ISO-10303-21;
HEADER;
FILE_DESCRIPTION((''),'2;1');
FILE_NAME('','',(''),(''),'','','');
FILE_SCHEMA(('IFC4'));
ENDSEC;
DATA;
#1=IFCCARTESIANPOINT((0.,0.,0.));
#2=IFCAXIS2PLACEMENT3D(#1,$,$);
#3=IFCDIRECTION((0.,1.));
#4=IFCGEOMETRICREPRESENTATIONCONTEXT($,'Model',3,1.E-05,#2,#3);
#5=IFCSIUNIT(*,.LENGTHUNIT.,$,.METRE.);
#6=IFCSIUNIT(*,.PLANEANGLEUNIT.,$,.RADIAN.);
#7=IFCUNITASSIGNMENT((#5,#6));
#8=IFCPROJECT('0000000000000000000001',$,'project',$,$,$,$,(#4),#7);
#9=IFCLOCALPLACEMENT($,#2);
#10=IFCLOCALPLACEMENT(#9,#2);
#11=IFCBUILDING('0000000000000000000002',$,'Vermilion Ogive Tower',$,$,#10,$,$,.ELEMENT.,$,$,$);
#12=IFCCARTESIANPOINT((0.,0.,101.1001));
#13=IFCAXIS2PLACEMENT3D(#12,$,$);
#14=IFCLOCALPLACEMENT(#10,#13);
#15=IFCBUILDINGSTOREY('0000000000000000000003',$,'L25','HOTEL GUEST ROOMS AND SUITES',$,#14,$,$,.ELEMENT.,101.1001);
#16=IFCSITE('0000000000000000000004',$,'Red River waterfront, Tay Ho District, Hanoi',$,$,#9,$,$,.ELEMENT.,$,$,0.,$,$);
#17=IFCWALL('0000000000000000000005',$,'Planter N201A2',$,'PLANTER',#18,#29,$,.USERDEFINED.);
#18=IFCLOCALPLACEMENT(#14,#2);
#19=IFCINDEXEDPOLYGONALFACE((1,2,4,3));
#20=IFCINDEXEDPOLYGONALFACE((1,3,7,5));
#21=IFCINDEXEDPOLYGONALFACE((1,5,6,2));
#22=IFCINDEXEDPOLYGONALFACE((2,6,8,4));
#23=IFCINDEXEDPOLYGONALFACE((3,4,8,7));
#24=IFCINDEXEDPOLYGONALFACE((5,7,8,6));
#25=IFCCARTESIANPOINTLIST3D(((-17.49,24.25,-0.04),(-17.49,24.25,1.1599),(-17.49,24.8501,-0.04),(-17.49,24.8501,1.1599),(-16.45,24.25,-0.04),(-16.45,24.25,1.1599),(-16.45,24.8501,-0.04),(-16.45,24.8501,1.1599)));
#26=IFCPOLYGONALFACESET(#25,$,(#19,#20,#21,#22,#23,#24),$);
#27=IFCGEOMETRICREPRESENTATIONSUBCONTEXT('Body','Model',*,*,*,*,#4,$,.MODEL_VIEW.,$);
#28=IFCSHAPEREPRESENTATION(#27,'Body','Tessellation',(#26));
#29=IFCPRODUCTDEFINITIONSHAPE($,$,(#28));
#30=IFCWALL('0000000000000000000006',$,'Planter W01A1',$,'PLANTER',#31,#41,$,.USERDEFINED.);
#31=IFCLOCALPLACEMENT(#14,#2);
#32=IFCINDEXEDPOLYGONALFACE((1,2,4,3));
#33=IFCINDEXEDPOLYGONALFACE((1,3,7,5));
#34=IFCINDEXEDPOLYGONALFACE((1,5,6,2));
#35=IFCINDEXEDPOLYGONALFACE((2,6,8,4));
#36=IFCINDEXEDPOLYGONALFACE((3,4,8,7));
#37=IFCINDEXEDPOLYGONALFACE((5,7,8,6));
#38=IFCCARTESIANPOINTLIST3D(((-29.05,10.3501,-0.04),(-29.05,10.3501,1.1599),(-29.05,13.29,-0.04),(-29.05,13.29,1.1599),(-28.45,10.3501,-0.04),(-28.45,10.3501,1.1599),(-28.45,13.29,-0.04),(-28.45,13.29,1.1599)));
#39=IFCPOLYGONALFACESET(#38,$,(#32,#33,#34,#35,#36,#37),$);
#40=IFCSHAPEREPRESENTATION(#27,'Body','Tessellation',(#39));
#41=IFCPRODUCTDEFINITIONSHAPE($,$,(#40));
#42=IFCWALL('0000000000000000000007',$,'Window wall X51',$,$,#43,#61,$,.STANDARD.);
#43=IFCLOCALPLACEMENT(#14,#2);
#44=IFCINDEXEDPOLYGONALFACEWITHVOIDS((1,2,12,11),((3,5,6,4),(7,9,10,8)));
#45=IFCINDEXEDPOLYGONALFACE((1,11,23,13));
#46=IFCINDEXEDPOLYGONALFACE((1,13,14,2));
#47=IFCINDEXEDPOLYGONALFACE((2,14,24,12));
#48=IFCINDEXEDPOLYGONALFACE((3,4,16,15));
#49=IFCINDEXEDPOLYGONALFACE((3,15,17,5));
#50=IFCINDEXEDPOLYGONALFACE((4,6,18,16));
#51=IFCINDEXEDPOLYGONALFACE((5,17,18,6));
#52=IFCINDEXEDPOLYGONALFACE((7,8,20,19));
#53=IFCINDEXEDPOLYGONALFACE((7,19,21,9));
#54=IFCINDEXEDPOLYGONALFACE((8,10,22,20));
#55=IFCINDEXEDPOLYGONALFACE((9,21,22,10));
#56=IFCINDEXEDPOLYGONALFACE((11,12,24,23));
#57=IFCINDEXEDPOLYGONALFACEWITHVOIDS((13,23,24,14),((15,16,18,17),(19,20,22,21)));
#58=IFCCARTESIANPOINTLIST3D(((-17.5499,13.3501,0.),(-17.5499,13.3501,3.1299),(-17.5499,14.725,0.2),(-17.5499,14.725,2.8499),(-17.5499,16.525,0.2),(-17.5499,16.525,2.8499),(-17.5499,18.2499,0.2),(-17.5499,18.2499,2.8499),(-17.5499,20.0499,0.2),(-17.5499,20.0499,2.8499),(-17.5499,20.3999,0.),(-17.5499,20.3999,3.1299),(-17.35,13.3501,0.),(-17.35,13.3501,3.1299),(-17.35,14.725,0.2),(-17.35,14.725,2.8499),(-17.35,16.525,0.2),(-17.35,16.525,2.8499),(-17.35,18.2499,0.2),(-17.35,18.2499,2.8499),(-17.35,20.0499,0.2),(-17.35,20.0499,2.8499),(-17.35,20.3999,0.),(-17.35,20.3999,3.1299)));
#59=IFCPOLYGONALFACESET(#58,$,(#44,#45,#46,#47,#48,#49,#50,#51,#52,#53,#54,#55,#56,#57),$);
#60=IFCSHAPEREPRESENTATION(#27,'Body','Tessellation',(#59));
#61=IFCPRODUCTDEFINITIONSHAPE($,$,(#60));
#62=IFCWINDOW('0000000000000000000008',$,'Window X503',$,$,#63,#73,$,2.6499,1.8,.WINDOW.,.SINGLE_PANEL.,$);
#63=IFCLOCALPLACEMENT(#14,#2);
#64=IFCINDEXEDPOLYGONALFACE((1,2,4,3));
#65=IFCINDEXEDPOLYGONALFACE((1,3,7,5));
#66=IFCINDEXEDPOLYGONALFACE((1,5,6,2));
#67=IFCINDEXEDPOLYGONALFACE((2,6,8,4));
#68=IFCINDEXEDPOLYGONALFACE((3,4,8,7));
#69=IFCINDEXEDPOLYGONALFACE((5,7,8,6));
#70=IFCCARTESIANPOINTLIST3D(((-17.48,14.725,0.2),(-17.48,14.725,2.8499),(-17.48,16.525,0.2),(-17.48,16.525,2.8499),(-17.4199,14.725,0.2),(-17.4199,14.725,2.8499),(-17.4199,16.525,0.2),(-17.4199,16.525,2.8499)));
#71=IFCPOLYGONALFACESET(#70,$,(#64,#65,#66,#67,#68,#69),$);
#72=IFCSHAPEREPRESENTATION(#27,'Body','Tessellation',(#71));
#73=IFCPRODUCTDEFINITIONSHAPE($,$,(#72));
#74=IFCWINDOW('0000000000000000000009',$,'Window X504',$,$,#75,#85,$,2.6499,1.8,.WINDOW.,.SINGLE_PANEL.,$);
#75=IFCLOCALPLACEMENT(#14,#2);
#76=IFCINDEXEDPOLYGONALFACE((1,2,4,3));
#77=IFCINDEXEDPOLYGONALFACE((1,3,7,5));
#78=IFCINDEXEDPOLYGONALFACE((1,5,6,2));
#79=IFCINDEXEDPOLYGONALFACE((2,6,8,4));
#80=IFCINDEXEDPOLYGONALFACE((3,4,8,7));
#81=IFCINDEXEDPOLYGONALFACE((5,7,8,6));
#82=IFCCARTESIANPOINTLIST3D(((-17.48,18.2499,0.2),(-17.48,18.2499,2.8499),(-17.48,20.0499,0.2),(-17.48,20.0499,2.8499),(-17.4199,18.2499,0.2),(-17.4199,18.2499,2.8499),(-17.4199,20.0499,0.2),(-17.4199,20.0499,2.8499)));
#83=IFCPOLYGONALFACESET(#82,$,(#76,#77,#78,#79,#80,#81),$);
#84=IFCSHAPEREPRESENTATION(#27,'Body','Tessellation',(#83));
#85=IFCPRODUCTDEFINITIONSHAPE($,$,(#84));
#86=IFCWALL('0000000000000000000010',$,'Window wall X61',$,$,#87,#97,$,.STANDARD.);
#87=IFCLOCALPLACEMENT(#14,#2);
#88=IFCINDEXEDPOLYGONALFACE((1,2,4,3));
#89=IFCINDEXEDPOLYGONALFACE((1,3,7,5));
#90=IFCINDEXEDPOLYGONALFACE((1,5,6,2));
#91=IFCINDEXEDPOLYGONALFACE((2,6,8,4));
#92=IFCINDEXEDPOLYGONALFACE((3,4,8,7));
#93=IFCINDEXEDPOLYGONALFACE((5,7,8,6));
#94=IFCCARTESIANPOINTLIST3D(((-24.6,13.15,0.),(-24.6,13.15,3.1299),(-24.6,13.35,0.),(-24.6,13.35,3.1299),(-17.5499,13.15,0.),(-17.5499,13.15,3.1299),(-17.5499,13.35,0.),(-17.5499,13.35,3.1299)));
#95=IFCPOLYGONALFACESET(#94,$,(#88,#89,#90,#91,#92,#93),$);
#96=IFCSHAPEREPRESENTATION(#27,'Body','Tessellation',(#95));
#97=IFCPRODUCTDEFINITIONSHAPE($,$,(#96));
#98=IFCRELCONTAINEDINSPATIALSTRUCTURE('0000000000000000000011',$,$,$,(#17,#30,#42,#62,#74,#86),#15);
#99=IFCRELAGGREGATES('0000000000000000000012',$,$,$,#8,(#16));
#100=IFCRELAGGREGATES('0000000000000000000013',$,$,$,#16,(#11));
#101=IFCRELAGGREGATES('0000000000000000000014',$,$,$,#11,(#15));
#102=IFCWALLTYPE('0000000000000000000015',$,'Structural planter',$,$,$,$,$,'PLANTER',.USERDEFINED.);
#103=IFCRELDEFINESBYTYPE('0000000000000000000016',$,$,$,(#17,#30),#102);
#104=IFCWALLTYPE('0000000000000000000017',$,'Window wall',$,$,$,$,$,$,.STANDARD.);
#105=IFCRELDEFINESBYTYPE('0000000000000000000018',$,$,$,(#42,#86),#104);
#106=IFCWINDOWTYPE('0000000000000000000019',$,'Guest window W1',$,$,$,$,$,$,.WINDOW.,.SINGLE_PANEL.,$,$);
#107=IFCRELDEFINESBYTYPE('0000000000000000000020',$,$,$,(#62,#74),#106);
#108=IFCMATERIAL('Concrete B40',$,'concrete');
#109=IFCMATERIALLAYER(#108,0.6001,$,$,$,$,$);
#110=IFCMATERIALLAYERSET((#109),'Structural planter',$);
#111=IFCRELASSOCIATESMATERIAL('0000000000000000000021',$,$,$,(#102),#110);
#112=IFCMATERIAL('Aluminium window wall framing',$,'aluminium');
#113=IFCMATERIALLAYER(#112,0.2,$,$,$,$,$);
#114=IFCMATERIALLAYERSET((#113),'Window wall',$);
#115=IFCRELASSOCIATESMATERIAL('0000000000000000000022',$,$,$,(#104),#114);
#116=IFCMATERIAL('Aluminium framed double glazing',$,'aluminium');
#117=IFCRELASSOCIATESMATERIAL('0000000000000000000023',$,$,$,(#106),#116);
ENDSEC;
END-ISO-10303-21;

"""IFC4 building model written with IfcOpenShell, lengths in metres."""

from ifc_helpers import new_model, si_unit, direction, frame, frame_2d, origin, place, context, subcontext, project, spatial, rectangle, extrude, material, layer, layer_set, type_object, element, fill, save


model = new_model("IFC4")

# Units and contexts
model_context = context("Model", 3, precision=1e-05, world=origin(), true_north=direction((0.0, 1.0)))
body_context = subcontext(model_context, "Body", "Model", "MODEL_VIEW")
ifc_project = project(units=[si_unit("LENGTHUNIT", "METRE"), si_unit("PLANEANGLEUNIT", "RADIAN")], contexts=[model_context])

# Site, building, storey
site_placement = place(None, origin())
site = spatial("IfcSite", under=ifc_project, at=site_placement, Name="Red River waterfront, Tay Ho District, Hanoi", CompositionType="ELEMENT", RefElevation=0.0)
building_placement = place(site_placement, origin())
building = spatial("IfcBuilding", under=site, at=building_placement, Name="Vermilion Ogive Tower", CompositionType="ELEMENT")
storey_placement = place(building_placement, frame((0.0, 0.0, 101.1001)))
storey = spatial("IfcBuildingStorey", under=building, at=storey_placement, Name="L25", Description="HOTEL GUEST ROOMS AND SUITES", CompositionType="ELEMENT", Elevation=101.1001)

# Walls
ifc_material_1 = material(Name="Concrete B40", Category="concrete")
ifc_layer_1 = layer(ifc_material_1, 0.6001)
ifc_layer_set_1 = layer_set([ifc_layer_1], Name="Structural planter")
wall_type_1 = type_object("IfcWallType", Name="Structural planter", ElementType="PLANTER", PredefinedType="USERDEFINED", material=ifc_layer_set_1)
wall_1_placement = place(storey_placement, frame((-16.45, 24.55, -0.04), z_axis=(0.0, 0.0, 1.0), x_axis=(-1.0, 0.0, 0.0)))
element("IfcWall", 1, at=wall_1_placement, inside=storey, type_object=wall_type_1, Name="Planter N201A2", ObjectType="PLANTER", PredefinedType="USERDEFINED", context=body_context, shape_type="SweptSolid", body=[
    extrude(rectangle(XDim=1.04, YDim=0.6001, at=frame_2d((0.52, 0.0))), origin(), (0.0, 0.0, 1.0), 1.2),
])
wall_2_placement = place(storey_placement, frame((-28.75, 13.29, -0.04), z_axis=(0.0, 0.0, 1.0), x_axis=(0.0, -1.0, 0.0)))
element("IfcWall", 2, at=wall_2_placement, inside=storey, type_object=wall_type_1, Name="Planter W01A1", ObjectType="PLANTER", PredefinedType="USERDEFINED", context=body_context, shape_type="SweptSolid", body=[
    extrude(rectangle(XDim=2.9399, YDim=0.6001, at=frame_2d((1.47, 0.0))), origin(), (0.0, 0.0, 1.0), 1.2),
])

# Shared definitions
ifc_material_2 = material(Name="Aluminium window wall framing", Category="aluminium")
ifc_layer_2 = layer(ifc_material_2, 0.2)
ifc_layer_set_2 = layer_set([ifc_layer_2], Name="Window wall")
wall_type_2 = type_object("IfcWallType", Name="Window wall", PredefinedType="STANDARD", material=ifc_layer_set_2)
ifc_material_3 = material(Name="Aluminium framed double glazing", Category="aluminium")
window_type = type_object("IfcWindowType", Name="Guest window W1", PartitioningType="SINGLE_PANEL", PredefinedType="WINDOW", material=ifc_material_3)

# Wall, openings, windows
wall_3_placement = place(storey_placement, frame((-17.45, 20.3999, 0.0), z_axis=(0.0, 0.0, 1.0), x_axis=(0.0, -1.0, 0.0)))
wall_3 = element("IfcWall", 3, at=wall_3_placement, inside=storey, type_object=wall_type_2, Name="Window wall X51", PredefinedType="STANDARD", context=body_context, shape_type="SweptSolid", body=[
    extrude(rectangle(XDim=7.0498, YDim=0.2, at=frame_2d((3.5249, 0.0))), origin(), (0.0, 0.0, 1.0), 3.1299),
])
opening_1_placement = place(wall_3_placement, frame((3.875, 0.0, 0.2)))
opening_1 = element("IfcOpeningElement", 4, at=opening_1_placement, cuts=wall_3, PredefinedType="OPENING", context=body_context, shape_type="SweptSolid", body=[
    extrude(rectangle(XDim=1.8, YDim=2.6499, at=frame_2d((0.8999, 1.325))), frame((0.0, 0.1099, 0.0), z_axis=(0.0, -1.0, 0.0), x_axis=(1.0, 0.0, 0.0)), (0.0, 0.0, 1.0), 0.22),
])
opening_2_placement = place(wall_3_placement, frame((0.3501, 0.0, 0.2)))
opening_2 = element("IfcOpeningElement", 5, at=opening_2_placement, cuts=wall_3, PredefinedType="OPENING", context=body_context, shape_type="SweptSolid", body=[
    extrude(rectangle(XDim=1.8, YDim=2.6499, at=frame_2d((0.8999, 1.325))), frame((0.0, 0.1099, 0.0), z_axis=(0.0, -1.0, 0.0), x_axis=(1.0, 0.0, 0.0)), (0.0, 0.0, 1.0), 0.22),
])
window_1_placement = place(opening_1_placement, origin())
window_1 = element("IfcWindow", 6, at=window_1_placement, inside=storey, type_object=window_type, Name="Window X503", OverallHeight=2.6499, OverallWidth=1.8, PartitioningType="SINGLE_PANEL", PredefinedType="WINDOW", context=body_context, shape_type="SweptSolid", body=[
    extrude(rectangle(XDim=1.8, YDim=2.6499, at=frame_2d((0.8999, 1.325))), frame((0.0, 0.03, 0.0), z_axis=(0.0, -1.0, 0.0), x_axis=(1.0, 0.0, 0.0)), (0.0, 0.0, 1.0), 0.0601),
])
fill(opening_1, window_1)
window_2_placement = place(opening_2_placement, origin())
window_2 = element("IfcWindow", 7, at=window_2_placement, inside=storey, type_object=window_type, Name="Window X504", OverallHeight=2.6499, OverallWidth=1.8, PartitioningType="SINGLE_PANEL", PredefinedType="WINDOW", context=body_context, shape_type="SweptSolid", body=[
    extrude(rectangle(XDim=1.8, YDim=2.6499, at=frame_2d((0.8999, 1.325))), frame((0.0, 0.03, 0.0), z_axis=(0.0, -1.0, 0.0), x_axis=(1.0, 0.0, 0.0)), (0.0, 0.0, 1.0), 0.0601),
])
fill(opening_2, window_2)

# Wall
wall_4_placement = place(storey_placement, frame((-17.55, 13.25, 0.0), z_axis=(0.0, 0.0, 1.0), x_axis=(-1.0, 0.0, 0.0)))
element("IfcWall", 8, at=wall_4_placement, inside=storey, type_object=wall_type_2, Name="Window wall X61", PredefinedType="STANDARD", context=body_context, shape_type="SweptSolid", body=[
    extrude(rectangle(XDim=7.05, YDim=0.2, at=frame_2d((3.5249, 0.0))), origin(), (0.0, 0.0, 1.0), 3.1299),
])

save(model, "model.ifc")
